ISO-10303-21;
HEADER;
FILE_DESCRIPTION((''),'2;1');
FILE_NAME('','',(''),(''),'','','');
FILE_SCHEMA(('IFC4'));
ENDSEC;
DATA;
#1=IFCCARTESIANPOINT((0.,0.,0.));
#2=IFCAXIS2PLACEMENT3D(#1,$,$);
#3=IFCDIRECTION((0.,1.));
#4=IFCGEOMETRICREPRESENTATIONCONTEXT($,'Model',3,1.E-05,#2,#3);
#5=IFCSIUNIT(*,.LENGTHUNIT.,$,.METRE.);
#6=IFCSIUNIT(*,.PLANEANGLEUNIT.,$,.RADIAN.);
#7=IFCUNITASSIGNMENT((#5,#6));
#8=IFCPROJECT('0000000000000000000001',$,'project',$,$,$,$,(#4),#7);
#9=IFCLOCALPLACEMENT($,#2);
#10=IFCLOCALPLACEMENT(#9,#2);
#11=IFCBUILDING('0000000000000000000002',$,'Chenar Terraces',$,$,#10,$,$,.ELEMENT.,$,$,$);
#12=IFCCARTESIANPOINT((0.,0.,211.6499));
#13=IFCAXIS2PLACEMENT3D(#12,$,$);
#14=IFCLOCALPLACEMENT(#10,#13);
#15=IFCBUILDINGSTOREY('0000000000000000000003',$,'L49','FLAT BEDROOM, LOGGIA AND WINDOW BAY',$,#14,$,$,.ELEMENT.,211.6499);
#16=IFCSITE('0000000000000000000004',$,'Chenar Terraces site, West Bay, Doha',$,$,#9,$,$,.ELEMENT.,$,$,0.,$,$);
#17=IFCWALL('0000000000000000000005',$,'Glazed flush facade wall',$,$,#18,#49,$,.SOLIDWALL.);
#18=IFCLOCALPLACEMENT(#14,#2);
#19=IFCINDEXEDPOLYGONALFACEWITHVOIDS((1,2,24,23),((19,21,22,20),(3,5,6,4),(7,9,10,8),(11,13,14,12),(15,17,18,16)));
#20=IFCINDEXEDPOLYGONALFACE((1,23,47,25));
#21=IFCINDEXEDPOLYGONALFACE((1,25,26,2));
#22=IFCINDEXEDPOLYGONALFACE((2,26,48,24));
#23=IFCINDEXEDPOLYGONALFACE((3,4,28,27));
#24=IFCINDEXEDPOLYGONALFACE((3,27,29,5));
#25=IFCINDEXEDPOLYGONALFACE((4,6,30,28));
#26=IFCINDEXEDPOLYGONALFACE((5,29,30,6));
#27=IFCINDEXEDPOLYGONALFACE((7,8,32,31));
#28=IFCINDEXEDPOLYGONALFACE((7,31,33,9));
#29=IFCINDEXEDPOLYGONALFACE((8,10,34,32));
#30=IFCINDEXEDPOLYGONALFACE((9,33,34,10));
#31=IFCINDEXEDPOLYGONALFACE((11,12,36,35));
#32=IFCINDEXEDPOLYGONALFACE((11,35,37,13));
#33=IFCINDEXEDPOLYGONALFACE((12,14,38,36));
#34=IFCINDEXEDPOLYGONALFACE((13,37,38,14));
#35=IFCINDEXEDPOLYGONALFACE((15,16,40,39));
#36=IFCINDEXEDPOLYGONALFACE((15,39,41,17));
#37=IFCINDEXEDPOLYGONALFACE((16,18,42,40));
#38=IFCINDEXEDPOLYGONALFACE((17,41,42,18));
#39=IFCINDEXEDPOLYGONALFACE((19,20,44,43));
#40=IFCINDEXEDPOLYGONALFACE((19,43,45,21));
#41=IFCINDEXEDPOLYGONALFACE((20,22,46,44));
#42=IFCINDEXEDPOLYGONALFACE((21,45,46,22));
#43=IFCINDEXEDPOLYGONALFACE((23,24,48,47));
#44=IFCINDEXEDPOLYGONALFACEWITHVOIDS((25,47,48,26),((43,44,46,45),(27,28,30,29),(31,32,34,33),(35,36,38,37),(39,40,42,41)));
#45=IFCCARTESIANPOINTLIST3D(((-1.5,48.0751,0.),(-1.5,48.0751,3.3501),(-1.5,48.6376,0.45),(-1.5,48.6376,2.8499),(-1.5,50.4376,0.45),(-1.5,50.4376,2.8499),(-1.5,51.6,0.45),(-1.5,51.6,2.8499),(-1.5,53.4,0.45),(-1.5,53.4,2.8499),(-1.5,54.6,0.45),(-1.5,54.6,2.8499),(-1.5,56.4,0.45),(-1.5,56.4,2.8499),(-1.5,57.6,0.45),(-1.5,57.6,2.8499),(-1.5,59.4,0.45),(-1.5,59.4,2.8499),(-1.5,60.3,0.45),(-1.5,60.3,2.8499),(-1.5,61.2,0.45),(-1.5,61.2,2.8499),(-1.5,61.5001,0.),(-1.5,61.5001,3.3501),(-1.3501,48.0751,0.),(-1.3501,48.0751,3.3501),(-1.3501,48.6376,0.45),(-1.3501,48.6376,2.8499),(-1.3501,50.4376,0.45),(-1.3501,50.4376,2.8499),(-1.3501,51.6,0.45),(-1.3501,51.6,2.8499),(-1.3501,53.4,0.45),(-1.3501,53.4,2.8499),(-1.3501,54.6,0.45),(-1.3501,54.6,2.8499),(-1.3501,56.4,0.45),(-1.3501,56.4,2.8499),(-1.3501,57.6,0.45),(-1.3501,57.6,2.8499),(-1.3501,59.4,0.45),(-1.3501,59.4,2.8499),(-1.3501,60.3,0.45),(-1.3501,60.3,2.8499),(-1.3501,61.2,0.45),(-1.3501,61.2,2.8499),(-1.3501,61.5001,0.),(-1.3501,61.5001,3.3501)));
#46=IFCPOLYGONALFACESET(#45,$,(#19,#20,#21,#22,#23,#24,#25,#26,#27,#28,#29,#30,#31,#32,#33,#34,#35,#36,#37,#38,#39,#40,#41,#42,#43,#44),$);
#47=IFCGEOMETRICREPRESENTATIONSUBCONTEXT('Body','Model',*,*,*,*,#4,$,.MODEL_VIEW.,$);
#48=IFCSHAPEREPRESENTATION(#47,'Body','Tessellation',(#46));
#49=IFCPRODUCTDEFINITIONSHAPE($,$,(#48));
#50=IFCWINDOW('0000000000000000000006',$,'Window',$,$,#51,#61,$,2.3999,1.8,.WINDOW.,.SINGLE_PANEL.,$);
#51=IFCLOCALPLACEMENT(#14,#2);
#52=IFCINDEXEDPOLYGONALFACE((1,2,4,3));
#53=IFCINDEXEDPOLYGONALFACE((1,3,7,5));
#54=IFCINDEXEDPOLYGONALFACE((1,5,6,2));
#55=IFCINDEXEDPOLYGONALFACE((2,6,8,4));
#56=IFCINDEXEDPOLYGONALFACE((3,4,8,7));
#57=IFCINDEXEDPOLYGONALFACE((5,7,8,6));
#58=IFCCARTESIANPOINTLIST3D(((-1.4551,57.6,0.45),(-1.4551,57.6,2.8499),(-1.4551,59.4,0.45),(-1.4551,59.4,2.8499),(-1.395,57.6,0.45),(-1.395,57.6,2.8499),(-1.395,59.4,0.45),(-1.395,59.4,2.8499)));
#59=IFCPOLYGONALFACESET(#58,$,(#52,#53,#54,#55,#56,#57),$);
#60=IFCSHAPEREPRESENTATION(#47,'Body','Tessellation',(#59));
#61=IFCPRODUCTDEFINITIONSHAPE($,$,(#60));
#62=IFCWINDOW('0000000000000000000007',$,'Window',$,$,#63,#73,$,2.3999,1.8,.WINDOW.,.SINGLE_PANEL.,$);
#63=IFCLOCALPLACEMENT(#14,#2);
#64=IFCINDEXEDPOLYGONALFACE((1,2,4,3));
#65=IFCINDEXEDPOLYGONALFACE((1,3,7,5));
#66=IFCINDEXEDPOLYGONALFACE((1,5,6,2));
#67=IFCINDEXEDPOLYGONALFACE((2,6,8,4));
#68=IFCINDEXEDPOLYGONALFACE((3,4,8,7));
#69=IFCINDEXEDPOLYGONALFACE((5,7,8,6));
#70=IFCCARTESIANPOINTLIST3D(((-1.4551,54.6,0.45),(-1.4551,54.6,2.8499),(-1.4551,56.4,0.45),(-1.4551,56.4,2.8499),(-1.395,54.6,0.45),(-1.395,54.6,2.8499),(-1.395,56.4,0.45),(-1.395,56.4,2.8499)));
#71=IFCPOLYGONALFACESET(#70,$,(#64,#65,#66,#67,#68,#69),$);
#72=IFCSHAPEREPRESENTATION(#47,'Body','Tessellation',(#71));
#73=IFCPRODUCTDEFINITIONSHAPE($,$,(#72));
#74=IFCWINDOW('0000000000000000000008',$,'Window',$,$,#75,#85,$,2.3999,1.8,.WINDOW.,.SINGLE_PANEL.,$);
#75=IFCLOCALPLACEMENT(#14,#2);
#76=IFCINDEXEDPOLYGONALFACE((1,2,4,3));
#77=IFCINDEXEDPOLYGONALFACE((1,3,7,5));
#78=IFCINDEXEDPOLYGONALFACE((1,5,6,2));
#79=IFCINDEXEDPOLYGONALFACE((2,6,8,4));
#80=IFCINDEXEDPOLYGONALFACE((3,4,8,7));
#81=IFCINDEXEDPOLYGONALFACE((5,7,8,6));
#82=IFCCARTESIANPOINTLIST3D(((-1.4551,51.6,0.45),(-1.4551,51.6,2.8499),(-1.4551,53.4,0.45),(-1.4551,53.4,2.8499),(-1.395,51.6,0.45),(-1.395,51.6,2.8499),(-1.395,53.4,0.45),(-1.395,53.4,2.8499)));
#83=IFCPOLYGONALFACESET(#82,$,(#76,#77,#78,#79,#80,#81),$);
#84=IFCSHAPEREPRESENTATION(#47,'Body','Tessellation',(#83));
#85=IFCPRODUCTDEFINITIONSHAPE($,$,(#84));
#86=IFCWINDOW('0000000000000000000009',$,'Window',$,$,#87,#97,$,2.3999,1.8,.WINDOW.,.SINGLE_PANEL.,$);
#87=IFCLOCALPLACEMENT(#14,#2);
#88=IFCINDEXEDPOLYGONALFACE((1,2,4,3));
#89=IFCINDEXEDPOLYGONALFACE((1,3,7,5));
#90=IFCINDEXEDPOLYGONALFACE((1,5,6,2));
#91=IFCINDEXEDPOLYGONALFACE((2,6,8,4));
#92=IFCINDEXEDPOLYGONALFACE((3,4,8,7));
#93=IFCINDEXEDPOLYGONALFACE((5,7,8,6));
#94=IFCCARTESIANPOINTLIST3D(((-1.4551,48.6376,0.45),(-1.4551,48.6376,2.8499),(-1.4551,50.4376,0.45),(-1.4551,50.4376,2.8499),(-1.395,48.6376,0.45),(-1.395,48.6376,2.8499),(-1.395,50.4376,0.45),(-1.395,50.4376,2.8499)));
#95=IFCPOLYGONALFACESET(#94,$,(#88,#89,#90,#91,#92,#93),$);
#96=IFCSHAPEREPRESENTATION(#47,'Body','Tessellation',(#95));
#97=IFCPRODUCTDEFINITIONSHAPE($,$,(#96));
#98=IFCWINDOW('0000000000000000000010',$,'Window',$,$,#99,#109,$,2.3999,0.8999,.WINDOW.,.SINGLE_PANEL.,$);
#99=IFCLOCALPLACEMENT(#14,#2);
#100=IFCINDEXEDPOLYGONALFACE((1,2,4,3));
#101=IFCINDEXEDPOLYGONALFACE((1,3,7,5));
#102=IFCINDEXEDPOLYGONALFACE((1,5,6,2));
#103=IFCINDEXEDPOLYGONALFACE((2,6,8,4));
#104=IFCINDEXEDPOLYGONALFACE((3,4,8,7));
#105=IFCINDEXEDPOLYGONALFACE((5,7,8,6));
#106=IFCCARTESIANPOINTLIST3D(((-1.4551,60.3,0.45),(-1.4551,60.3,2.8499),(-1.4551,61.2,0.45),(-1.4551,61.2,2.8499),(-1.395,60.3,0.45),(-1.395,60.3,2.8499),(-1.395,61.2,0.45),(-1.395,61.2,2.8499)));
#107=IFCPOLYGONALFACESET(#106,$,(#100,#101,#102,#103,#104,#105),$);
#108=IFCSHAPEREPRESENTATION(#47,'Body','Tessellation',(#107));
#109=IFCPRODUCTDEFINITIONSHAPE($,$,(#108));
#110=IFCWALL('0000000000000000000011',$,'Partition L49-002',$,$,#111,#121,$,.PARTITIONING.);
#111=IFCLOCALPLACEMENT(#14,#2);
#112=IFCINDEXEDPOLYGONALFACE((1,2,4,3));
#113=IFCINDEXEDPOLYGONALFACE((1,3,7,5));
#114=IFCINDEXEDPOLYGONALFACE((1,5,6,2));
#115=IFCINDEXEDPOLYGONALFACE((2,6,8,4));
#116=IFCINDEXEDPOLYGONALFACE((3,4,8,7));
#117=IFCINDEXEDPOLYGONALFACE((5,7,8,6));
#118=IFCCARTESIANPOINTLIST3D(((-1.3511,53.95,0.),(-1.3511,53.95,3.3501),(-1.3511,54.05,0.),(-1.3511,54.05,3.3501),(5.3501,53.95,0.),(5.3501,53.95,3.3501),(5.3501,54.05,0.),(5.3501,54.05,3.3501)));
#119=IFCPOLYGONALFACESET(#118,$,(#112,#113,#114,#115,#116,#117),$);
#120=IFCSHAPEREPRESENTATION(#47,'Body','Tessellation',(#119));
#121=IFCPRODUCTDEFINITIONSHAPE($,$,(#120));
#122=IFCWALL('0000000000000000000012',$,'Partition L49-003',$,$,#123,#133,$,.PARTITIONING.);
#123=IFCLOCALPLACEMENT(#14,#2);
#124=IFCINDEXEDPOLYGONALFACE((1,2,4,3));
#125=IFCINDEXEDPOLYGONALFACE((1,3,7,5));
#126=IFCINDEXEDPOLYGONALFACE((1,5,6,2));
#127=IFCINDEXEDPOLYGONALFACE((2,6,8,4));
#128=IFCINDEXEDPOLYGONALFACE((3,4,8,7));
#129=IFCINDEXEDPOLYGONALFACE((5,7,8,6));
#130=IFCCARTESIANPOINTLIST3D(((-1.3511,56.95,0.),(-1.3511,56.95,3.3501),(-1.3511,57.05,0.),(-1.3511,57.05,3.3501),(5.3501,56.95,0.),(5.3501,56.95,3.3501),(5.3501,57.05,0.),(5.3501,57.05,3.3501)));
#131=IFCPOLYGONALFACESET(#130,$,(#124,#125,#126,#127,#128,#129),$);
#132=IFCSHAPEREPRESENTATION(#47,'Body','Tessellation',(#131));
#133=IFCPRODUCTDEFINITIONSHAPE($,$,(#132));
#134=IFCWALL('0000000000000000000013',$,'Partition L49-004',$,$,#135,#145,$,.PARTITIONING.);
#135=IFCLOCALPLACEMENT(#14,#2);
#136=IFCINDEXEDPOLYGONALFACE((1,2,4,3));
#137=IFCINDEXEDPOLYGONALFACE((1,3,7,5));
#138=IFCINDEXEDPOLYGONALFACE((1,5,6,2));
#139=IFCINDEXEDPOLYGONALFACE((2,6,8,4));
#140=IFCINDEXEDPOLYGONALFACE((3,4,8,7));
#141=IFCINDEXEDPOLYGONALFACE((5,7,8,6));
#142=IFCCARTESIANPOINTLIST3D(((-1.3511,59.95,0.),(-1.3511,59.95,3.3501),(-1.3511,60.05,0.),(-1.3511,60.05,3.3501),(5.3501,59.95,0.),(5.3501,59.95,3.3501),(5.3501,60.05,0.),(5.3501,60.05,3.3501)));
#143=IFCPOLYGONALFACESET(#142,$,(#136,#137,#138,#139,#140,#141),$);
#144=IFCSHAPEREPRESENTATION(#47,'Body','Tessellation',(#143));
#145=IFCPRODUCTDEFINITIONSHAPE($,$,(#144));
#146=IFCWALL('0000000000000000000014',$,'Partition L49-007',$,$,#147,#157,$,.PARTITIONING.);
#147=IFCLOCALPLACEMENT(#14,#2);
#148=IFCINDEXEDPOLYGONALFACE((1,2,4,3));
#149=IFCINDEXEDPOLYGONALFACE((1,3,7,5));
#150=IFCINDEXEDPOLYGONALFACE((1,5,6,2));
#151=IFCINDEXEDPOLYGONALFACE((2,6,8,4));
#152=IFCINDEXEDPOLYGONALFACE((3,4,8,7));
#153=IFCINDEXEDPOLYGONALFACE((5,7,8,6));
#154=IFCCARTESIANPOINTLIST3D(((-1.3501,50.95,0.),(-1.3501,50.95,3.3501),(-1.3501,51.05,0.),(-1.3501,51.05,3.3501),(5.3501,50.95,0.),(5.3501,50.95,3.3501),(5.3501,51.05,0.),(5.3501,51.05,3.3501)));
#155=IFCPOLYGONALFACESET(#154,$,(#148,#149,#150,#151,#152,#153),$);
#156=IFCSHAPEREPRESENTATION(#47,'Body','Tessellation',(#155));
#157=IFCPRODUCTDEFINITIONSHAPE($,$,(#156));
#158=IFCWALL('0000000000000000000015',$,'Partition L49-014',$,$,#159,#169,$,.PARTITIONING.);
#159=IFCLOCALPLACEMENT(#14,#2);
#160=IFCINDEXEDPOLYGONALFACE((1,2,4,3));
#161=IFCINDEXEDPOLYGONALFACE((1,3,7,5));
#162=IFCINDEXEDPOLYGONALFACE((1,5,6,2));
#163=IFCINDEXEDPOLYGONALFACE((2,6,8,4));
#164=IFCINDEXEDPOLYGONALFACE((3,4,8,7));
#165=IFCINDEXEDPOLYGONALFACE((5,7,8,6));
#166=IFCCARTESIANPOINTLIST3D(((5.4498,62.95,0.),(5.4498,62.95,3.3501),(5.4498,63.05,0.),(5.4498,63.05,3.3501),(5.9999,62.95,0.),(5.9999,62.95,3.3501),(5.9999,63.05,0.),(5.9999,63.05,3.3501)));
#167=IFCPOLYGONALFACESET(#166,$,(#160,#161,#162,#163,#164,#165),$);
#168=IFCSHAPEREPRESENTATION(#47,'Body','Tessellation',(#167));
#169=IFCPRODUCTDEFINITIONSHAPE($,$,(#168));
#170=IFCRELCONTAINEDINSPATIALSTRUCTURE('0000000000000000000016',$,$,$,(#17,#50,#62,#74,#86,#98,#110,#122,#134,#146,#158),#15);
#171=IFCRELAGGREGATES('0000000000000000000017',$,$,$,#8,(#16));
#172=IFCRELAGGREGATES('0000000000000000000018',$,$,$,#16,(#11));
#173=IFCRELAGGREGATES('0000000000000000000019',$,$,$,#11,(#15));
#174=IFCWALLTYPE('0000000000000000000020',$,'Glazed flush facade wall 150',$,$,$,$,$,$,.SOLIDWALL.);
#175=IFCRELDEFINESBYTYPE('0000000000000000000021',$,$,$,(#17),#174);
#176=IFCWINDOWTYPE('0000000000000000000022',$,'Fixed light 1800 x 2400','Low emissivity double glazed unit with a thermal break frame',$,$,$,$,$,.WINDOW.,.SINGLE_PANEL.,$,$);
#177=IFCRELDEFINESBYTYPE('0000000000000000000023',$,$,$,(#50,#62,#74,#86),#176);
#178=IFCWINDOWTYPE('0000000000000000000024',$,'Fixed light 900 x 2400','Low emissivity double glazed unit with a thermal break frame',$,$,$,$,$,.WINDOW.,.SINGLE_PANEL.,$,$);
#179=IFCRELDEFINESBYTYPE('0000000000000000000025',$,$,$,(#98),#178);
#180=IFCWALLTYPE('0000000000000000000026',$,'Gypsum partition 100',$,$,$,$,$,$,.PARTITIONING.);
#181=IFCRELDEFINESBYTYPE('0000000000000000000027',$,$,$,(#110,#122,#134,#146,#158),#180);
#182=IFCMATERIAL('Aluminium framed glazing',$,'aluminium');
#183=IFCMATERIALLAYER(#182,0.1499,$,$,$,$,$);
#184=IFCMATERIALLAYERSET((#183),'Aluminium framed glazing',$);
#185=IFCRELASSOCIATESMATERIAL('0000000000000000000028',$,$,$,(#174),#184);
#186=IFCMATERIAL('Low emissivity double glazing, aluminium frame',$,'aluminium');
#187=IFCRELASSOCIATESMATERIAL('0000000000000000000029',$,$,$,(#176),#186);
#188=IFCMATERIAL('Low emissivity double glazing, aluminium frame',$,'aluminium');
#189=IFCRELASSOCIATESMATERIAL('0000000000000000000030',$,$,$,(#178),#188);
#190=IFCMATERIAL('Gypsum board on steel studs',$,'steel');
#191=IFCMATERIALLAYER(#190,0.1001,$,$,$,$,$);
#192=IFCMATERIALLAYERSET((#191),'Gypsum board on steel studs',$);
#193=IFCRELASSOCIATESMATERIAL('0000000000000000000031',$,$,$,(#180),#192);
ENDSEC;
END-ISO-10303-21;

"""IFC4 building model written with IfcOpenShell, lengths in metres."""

from ifc_helpers import new_model, si_unit, direction, frame, frame_2d, origin, place, context, subcontext, project, spatial, rectangle, extrude, material, layer, layer_set, type_object, element, fill, save


model = new_model("IFC4")

# Units and contexts
model_context = context("Model", 3, precision=1e-05, world=origin(), true_north=direction((0.0, 1.0)))
body_context = subcontext(model_context, "Body", "Model", "MODEL_VIEW")
ifc_project = project(units=[si_unit("LENGTHUNIT", "METRE"), si_unit("PLANEANGLEUNIT", "RADIAN")], contexts=[model_context])

# Site, building, storey
site_placement = place(None, origin())
site = spatial("IfcSite", under=ifc_project, at=site_placement, Name="Chenar Terraces site, West Bay, Doha", CompositionType="ELEMENT", RefElevation=0.0)
building_placement = place(site_placement, origin())
building = spatial("IfcBuilding", under=site, at=building_placement, Name="Chenar Terraces", CompositionType="ELEMENT")
storey_placement = place(building_placement, frame((0.0, 0.0, 211.6499)))
storey = spatial("IfcBuildingStorey", under=building, at=storey_placement, Name="L49", Description="FLAT BEDROOM, LOGGIA AND WINDOW BAY", CompositionType="ELEMENT", Elevation=211.6499)

# Shared definitions
ifc_material_1 = material(Name="Aluminium framed glazing", Category="aluminium")
ifc_layer_1 = layer(ifc_material_1, 0.1499)
ifc_layer_set_1 = layer_set([ifc_layer_1], Name="Aluminium framed glazing")
wall_type_1 = type_object("IfcWallType", Name="Glazed flush facade wall 150", PredefinedType="SOLIDWALL", material=ifc_layer_set_1)

# Wall, openings, windows
wall_1_placement = place(storey_placement, frame((-1.425, 61.5, 0.0), z_axis=(0.0, 0.0, 1.0), x_axis=(0.0, -1.0, 0.0)))
wall_1 = element("IfcWall", 1, at=wall_1_placement, inside=storey, type_object=wall_type_1, Name="Glazed flush facade wall", PredefinedType="SOLIDWALL", context=body_context, shape_type="SweptSolid", body=[
    extrude(rectangle(XDim=13.425, YDim=0.1499, at=frame_2d((6.7124, 0.0))), origin(), (0.0, 0.0, 1.0), 3.3501),
])
opening_1_placement = place(wall_1_placement, frame((0.3, 0.0, 0.45)))
opening_1 = element("IfcOpeningElement", 2, at=opening_1_placement, cuts=wall_1, PredefinedType="OPENING", context=body_context, shape_type="SweptSolid", body=[
    extrude(rectangle(XDim=0.8999, YDim=2.3999, at=frame_2d((0.45, 1.2))), frame((0.0, 0.085, 0.0), z_axis=(0.0, -1.0, 0.0), x_axis=(1.0, 0.0, 0.0)), (0.0, 0.0, 1.0), 0.1699),
])
opening_2_placement = place(wall_1_placement, frame((2.1001, 0.0, 0.45)))
opening_2 = element("IfcOpeningElement", 3, at=opening_2_placement, cuts=wall_1, PredefinedType="OPENING", context=body_context, shape_type="SweptSolid", body=[
    extrude(rectangle(XDim=1.8, YDim=2.3999, at=frame_2d((0.8999, 1.2))), frame((0.0, 0.085, 0.0), z_axis=(0.0, -1.0, 0.0), x_axis=(1.0, 0.0, 0.0)), (0.0, 0.0, 1.0), 0.1699),
])
opening_3_placement = place(wall_1_placement, frame((5.1001, 0.0, 0.45)))
opening_3 = element("IfcOpeningElement", 4, at=opening_3_placement, cuts=wall_1, PredefinedType="OPENING", context=body_context, shape_type="SweptSolid", body=[
    extrude(rectangle(XDim=1.8, YDim=2.3999, at=frame_2d((0.8999, 1.2))), frame((0.0, 0.085, 0.0), z_axis=(0.0, -1.0, 0.0), x_axis=(1.0, 0.0, 0.0)), (0.0, 0.0, 1.0), 0.1699),
])
opening_4_placement = place(wall_1_placement, frame((8.1001, 0.0, 0.45)))
opening_4 = element("IfcOpeningElement", 5, at=opening_4_placement, cuts=wall_1, PredefinedType="OPENING", context=body_context, shape_type="SweptSolid", body=[
    extrude(rectangle(XDim=1.8, YDim=2.3999, at=frame_2d((0.8999, 1.2))), frame((0.0, 0.085, 0.0), z_axis=(0.0, -1.0, 0.0), x_axis=(1.0, 0.0, 0.0)), (0.0, 0.0, 1.0), 0.1699),
])
opening_5_placement = place(wall_1_placement, frame((11.0625, 0.0, 0.45)))
opening_5 = element("IfcOpeningElement", 6, at=opening_5_placement, cuts=wall_1, PredefinedType="OPENING", context=body_context, shape_type="SweptSolid", body=[
    extrude(rectangle(XDim=1.8, YDim=2.3999, at=frame_2d((0.8999, 1.2))), frame((0.0, 0.085, 0.0), z_axis=(0.0, -1.0, 0.0), x_axis=(1.0, 0.0, 0.0)), (0.0, 0.0, 1.0), 0.1699),
])
ifc_material_2 = material(Name="Low emissivity double glazing, aluminium frame", Category="aluminium")
window_type_1 = type_object("IfcWindowType", Name="Fixed light 1800 x 2400", Description="Low emissivity double glazed unit with a thermal break frame", PartitioningType="SINGLE_PANEL", PredefinedType="WINDOW", material=ifc_material_2)
window_1_placement = place(opening_2_placement, origin())
window_1 = element("IfcWindow", 7, at=window_1_placement, inside=storey, type_object=window_type_1, Name="Window", OverallHeight=2.3999, OverallWidth=1.8, PartitioningType="SINGLE_PANEL", PredefinedType="WINDOW", context=body_context, shape_type="SweptSolid", body=[
    extrude(rectangle(XDim=1.8, YDim=2.3999, at=frame_2d((0.8999, 1.2))), frame((0.0, 0.03, 0.0), z_axis=(0.0, -1.0, 0.0), x_axis=(1.0, 0.0, 0.0)), (0.0, 0.0, 1.0), 0.0601),
])
fill(opening_2, window_1)
window_2_placement = place(opening_3_placement, origin())
window_2 = element("IfcWindow", 8, at=window_2_placement, inside=storey, type_object=window_type_1, Name="Window", OverallHeight=2.3999, OverallWidth=1.8, PartitioningType="SINGLE_PANEL", PredefinedType="WINDOW", context=body_context, shape_type="SweptSolid", body=[
    extrude(rectangle(XDim=1.8, YDim=2.3999, at=frame_2d((0.8999, 1.2))), frame((0.0, 0.03, 0.0), z_axis=(0.0, -1.0, 0.0), x_axis=(1.0, 0.0, 0.0)), (0.0, 0.0, 1.0), 0.0601),
])
fill(opening_3, window_2)
window_3_placement = place(opening_4_placement, origin())
window_3 = element("IfcWindow", 9, at=window_3_placement, inside=storey, type_object=window_type_1, Name="Window", OverallHeight=2.3999, OverallWidth=1.8, PartitioningType="SINGLE_PANEL", PredefinedType="WINDOW", context=body_context, shape_type="SweptSolid", body=[
    extrude(rectangle(XDim=1.8, YDim=2.3999, at=frame_2d((0.8999, 1.2))), frame((0.0, 0.03, 0.0), z_axis=(0.0, -1.0, 0.0), x_axis=(1.0, 0.0, 0.0)), (0.0, 0.0, 1.0), 0.0601),
])
fill(opening_4, window_3)
window_4_placement = place(opening_5_placement, origin())
window_4 = element("IfcWindow", 10, at=window_4_placement, inside=storey, type_object=window_type_1, Name="Window", OverallHeight=2.3999, OverallWidth=1.8, PartitioningType="SINGLE_PANEL", PredefinedType="WINDOW", context=body_context, shape_type="SweptSolid", body=[
    extrude(rectangle(XDim=1.8, YDim=2.3999, at=frame_2d((0.8999, 1.2))), frame((0.0, 0.03, 0.0), z_axis=(0.0, -1.0, 0.0), x_axis=(1.0, 0.0, 0.0)), (0.0, 0.0, 1.0), 0.0601),
])
fill(opening_5, window_4)
ifc_material_3 = material(Name="Low emissivity double glazing, aluminium frame", Category="aluminium")
window_type_2 = type_object("IfcWindowType", Name="Fixed light 900 x 2400", Description="Low emissivity double glazed unit with a thermal break frame", PartitioningType="SINGLE_PANEL", PredefinedType="WINDOW", material=ifc_material_3)
window_5_placement = place(opening_1_placement, origin())
window_5 = element("IfcWindow", 11, at=window_5_placement, inside=storey, type_object=window_type_2, Name="Window", OverallHeight=2.3999, OverallWidth=0.8999, PartitioningType="SINGLE_PANEL", PredefinedType="WINDOW", context=body_context, shape_type="SweptSolid", body=[
    extrude(rectangle(XDim=0.8999, YDim=2.3999, at=frame_2d((0.45, 1.2))), frame((0.0, 0.03, 0.0), z_axis=(0.0, -1.0, 0.0), x_axis=(1.0, 0.0, 0.0)), (0.0, 0.0, 1.0), 0.0601),
])
fill(opening_1, window_5)

# Walls
ifc_material_4 = material(Name="Gypsum board on steel studs", Category="steel")
ifc_layer_2 = layer(ifc_material_4, 0.1001)
ifc_layer_set_2 = layer_set([ifc_layer_2], Name="Gypsum board on steel studs")
wall_type_2 = type_object("IfcWallType", Name="Gypsum partition 100", PredefinedType="PARTITIONING", material=ifc_layer_set_2)
for number, where, z_axis, x_axis, name in (
    (12, (-1.3511, 54.0, 0.0), (0.0, 0.0, 1.0), (1.0, 0.0, 0.0), "Partition L49-002"),
    (13, (-1.3511, 57.0, 0.0), (0.0, 0.0, 1.0), (1.0, 0.0, 0.0), "Partition L49-003"),
    (14, (-1.3511, 60.0, 0.0), (0.0, 0.0, 1.0), (1.0, 0.0, 0.0), "Partition L49-004"),
):
    element("IfcWall", number, at=place(storey_placement, frame(where, z_axis=z_axis, x_axis=x_axis)), inside=storey, type_object=wall_type_2, Name=name, PredefinedType="PARTITIONING", context=body_context, shape_type="SweptSolid", body=[
        extrude(rectangle(XDim=6.7012, YDim=0.1001, at=frame_2d((3.3506, 0.0))), origin(), (0.0, 0.0, 1.0), 3.3501),
    ])
wall_2_placement = place(storey_placement, frame((-1.3501, 51.0, 0.0), z_axis=(0.0, 0.0, 1.0), x_axis=(1.0, 0.0, 0.0)))
element("IfcWall", 15, at=wall_2_placement, inside=storey, type_object=wall_type_2, Name="Partition L49-007", PredefinedType="PARTITIONING", context=body_context, shape_type="SweptSolid", body=[
    extrude(rectangle(XDim=6.7002, YDim=0.1001, at=frame_2d((3.3501, 0.0))), origin(), (0.0, 0.0, 1.0), 3.3501),
])
wall_3_placement = place(storey_placement, frame((5.45, 63.0, 0.0), z_axis=(0.0, 0.0, 1.0), x_axis=(1.0, 0.0, 0.0)))
element("IfcWall", 16, at=wall_3_placement, inside=storey, type_object=wall_type_2, Name="Partition L49-014", PredefinedType="PARTITIONING", context=body_context, shape_type="SweptSolid", body=[
    extrude(rectangle(XDim=0.55, YDim=0.1001, at=frame_2d((0.2749, 0.0))), origin(), (0.0, 0.0, 1.0), 3.3501),
])

save(model, "model.ifc")
